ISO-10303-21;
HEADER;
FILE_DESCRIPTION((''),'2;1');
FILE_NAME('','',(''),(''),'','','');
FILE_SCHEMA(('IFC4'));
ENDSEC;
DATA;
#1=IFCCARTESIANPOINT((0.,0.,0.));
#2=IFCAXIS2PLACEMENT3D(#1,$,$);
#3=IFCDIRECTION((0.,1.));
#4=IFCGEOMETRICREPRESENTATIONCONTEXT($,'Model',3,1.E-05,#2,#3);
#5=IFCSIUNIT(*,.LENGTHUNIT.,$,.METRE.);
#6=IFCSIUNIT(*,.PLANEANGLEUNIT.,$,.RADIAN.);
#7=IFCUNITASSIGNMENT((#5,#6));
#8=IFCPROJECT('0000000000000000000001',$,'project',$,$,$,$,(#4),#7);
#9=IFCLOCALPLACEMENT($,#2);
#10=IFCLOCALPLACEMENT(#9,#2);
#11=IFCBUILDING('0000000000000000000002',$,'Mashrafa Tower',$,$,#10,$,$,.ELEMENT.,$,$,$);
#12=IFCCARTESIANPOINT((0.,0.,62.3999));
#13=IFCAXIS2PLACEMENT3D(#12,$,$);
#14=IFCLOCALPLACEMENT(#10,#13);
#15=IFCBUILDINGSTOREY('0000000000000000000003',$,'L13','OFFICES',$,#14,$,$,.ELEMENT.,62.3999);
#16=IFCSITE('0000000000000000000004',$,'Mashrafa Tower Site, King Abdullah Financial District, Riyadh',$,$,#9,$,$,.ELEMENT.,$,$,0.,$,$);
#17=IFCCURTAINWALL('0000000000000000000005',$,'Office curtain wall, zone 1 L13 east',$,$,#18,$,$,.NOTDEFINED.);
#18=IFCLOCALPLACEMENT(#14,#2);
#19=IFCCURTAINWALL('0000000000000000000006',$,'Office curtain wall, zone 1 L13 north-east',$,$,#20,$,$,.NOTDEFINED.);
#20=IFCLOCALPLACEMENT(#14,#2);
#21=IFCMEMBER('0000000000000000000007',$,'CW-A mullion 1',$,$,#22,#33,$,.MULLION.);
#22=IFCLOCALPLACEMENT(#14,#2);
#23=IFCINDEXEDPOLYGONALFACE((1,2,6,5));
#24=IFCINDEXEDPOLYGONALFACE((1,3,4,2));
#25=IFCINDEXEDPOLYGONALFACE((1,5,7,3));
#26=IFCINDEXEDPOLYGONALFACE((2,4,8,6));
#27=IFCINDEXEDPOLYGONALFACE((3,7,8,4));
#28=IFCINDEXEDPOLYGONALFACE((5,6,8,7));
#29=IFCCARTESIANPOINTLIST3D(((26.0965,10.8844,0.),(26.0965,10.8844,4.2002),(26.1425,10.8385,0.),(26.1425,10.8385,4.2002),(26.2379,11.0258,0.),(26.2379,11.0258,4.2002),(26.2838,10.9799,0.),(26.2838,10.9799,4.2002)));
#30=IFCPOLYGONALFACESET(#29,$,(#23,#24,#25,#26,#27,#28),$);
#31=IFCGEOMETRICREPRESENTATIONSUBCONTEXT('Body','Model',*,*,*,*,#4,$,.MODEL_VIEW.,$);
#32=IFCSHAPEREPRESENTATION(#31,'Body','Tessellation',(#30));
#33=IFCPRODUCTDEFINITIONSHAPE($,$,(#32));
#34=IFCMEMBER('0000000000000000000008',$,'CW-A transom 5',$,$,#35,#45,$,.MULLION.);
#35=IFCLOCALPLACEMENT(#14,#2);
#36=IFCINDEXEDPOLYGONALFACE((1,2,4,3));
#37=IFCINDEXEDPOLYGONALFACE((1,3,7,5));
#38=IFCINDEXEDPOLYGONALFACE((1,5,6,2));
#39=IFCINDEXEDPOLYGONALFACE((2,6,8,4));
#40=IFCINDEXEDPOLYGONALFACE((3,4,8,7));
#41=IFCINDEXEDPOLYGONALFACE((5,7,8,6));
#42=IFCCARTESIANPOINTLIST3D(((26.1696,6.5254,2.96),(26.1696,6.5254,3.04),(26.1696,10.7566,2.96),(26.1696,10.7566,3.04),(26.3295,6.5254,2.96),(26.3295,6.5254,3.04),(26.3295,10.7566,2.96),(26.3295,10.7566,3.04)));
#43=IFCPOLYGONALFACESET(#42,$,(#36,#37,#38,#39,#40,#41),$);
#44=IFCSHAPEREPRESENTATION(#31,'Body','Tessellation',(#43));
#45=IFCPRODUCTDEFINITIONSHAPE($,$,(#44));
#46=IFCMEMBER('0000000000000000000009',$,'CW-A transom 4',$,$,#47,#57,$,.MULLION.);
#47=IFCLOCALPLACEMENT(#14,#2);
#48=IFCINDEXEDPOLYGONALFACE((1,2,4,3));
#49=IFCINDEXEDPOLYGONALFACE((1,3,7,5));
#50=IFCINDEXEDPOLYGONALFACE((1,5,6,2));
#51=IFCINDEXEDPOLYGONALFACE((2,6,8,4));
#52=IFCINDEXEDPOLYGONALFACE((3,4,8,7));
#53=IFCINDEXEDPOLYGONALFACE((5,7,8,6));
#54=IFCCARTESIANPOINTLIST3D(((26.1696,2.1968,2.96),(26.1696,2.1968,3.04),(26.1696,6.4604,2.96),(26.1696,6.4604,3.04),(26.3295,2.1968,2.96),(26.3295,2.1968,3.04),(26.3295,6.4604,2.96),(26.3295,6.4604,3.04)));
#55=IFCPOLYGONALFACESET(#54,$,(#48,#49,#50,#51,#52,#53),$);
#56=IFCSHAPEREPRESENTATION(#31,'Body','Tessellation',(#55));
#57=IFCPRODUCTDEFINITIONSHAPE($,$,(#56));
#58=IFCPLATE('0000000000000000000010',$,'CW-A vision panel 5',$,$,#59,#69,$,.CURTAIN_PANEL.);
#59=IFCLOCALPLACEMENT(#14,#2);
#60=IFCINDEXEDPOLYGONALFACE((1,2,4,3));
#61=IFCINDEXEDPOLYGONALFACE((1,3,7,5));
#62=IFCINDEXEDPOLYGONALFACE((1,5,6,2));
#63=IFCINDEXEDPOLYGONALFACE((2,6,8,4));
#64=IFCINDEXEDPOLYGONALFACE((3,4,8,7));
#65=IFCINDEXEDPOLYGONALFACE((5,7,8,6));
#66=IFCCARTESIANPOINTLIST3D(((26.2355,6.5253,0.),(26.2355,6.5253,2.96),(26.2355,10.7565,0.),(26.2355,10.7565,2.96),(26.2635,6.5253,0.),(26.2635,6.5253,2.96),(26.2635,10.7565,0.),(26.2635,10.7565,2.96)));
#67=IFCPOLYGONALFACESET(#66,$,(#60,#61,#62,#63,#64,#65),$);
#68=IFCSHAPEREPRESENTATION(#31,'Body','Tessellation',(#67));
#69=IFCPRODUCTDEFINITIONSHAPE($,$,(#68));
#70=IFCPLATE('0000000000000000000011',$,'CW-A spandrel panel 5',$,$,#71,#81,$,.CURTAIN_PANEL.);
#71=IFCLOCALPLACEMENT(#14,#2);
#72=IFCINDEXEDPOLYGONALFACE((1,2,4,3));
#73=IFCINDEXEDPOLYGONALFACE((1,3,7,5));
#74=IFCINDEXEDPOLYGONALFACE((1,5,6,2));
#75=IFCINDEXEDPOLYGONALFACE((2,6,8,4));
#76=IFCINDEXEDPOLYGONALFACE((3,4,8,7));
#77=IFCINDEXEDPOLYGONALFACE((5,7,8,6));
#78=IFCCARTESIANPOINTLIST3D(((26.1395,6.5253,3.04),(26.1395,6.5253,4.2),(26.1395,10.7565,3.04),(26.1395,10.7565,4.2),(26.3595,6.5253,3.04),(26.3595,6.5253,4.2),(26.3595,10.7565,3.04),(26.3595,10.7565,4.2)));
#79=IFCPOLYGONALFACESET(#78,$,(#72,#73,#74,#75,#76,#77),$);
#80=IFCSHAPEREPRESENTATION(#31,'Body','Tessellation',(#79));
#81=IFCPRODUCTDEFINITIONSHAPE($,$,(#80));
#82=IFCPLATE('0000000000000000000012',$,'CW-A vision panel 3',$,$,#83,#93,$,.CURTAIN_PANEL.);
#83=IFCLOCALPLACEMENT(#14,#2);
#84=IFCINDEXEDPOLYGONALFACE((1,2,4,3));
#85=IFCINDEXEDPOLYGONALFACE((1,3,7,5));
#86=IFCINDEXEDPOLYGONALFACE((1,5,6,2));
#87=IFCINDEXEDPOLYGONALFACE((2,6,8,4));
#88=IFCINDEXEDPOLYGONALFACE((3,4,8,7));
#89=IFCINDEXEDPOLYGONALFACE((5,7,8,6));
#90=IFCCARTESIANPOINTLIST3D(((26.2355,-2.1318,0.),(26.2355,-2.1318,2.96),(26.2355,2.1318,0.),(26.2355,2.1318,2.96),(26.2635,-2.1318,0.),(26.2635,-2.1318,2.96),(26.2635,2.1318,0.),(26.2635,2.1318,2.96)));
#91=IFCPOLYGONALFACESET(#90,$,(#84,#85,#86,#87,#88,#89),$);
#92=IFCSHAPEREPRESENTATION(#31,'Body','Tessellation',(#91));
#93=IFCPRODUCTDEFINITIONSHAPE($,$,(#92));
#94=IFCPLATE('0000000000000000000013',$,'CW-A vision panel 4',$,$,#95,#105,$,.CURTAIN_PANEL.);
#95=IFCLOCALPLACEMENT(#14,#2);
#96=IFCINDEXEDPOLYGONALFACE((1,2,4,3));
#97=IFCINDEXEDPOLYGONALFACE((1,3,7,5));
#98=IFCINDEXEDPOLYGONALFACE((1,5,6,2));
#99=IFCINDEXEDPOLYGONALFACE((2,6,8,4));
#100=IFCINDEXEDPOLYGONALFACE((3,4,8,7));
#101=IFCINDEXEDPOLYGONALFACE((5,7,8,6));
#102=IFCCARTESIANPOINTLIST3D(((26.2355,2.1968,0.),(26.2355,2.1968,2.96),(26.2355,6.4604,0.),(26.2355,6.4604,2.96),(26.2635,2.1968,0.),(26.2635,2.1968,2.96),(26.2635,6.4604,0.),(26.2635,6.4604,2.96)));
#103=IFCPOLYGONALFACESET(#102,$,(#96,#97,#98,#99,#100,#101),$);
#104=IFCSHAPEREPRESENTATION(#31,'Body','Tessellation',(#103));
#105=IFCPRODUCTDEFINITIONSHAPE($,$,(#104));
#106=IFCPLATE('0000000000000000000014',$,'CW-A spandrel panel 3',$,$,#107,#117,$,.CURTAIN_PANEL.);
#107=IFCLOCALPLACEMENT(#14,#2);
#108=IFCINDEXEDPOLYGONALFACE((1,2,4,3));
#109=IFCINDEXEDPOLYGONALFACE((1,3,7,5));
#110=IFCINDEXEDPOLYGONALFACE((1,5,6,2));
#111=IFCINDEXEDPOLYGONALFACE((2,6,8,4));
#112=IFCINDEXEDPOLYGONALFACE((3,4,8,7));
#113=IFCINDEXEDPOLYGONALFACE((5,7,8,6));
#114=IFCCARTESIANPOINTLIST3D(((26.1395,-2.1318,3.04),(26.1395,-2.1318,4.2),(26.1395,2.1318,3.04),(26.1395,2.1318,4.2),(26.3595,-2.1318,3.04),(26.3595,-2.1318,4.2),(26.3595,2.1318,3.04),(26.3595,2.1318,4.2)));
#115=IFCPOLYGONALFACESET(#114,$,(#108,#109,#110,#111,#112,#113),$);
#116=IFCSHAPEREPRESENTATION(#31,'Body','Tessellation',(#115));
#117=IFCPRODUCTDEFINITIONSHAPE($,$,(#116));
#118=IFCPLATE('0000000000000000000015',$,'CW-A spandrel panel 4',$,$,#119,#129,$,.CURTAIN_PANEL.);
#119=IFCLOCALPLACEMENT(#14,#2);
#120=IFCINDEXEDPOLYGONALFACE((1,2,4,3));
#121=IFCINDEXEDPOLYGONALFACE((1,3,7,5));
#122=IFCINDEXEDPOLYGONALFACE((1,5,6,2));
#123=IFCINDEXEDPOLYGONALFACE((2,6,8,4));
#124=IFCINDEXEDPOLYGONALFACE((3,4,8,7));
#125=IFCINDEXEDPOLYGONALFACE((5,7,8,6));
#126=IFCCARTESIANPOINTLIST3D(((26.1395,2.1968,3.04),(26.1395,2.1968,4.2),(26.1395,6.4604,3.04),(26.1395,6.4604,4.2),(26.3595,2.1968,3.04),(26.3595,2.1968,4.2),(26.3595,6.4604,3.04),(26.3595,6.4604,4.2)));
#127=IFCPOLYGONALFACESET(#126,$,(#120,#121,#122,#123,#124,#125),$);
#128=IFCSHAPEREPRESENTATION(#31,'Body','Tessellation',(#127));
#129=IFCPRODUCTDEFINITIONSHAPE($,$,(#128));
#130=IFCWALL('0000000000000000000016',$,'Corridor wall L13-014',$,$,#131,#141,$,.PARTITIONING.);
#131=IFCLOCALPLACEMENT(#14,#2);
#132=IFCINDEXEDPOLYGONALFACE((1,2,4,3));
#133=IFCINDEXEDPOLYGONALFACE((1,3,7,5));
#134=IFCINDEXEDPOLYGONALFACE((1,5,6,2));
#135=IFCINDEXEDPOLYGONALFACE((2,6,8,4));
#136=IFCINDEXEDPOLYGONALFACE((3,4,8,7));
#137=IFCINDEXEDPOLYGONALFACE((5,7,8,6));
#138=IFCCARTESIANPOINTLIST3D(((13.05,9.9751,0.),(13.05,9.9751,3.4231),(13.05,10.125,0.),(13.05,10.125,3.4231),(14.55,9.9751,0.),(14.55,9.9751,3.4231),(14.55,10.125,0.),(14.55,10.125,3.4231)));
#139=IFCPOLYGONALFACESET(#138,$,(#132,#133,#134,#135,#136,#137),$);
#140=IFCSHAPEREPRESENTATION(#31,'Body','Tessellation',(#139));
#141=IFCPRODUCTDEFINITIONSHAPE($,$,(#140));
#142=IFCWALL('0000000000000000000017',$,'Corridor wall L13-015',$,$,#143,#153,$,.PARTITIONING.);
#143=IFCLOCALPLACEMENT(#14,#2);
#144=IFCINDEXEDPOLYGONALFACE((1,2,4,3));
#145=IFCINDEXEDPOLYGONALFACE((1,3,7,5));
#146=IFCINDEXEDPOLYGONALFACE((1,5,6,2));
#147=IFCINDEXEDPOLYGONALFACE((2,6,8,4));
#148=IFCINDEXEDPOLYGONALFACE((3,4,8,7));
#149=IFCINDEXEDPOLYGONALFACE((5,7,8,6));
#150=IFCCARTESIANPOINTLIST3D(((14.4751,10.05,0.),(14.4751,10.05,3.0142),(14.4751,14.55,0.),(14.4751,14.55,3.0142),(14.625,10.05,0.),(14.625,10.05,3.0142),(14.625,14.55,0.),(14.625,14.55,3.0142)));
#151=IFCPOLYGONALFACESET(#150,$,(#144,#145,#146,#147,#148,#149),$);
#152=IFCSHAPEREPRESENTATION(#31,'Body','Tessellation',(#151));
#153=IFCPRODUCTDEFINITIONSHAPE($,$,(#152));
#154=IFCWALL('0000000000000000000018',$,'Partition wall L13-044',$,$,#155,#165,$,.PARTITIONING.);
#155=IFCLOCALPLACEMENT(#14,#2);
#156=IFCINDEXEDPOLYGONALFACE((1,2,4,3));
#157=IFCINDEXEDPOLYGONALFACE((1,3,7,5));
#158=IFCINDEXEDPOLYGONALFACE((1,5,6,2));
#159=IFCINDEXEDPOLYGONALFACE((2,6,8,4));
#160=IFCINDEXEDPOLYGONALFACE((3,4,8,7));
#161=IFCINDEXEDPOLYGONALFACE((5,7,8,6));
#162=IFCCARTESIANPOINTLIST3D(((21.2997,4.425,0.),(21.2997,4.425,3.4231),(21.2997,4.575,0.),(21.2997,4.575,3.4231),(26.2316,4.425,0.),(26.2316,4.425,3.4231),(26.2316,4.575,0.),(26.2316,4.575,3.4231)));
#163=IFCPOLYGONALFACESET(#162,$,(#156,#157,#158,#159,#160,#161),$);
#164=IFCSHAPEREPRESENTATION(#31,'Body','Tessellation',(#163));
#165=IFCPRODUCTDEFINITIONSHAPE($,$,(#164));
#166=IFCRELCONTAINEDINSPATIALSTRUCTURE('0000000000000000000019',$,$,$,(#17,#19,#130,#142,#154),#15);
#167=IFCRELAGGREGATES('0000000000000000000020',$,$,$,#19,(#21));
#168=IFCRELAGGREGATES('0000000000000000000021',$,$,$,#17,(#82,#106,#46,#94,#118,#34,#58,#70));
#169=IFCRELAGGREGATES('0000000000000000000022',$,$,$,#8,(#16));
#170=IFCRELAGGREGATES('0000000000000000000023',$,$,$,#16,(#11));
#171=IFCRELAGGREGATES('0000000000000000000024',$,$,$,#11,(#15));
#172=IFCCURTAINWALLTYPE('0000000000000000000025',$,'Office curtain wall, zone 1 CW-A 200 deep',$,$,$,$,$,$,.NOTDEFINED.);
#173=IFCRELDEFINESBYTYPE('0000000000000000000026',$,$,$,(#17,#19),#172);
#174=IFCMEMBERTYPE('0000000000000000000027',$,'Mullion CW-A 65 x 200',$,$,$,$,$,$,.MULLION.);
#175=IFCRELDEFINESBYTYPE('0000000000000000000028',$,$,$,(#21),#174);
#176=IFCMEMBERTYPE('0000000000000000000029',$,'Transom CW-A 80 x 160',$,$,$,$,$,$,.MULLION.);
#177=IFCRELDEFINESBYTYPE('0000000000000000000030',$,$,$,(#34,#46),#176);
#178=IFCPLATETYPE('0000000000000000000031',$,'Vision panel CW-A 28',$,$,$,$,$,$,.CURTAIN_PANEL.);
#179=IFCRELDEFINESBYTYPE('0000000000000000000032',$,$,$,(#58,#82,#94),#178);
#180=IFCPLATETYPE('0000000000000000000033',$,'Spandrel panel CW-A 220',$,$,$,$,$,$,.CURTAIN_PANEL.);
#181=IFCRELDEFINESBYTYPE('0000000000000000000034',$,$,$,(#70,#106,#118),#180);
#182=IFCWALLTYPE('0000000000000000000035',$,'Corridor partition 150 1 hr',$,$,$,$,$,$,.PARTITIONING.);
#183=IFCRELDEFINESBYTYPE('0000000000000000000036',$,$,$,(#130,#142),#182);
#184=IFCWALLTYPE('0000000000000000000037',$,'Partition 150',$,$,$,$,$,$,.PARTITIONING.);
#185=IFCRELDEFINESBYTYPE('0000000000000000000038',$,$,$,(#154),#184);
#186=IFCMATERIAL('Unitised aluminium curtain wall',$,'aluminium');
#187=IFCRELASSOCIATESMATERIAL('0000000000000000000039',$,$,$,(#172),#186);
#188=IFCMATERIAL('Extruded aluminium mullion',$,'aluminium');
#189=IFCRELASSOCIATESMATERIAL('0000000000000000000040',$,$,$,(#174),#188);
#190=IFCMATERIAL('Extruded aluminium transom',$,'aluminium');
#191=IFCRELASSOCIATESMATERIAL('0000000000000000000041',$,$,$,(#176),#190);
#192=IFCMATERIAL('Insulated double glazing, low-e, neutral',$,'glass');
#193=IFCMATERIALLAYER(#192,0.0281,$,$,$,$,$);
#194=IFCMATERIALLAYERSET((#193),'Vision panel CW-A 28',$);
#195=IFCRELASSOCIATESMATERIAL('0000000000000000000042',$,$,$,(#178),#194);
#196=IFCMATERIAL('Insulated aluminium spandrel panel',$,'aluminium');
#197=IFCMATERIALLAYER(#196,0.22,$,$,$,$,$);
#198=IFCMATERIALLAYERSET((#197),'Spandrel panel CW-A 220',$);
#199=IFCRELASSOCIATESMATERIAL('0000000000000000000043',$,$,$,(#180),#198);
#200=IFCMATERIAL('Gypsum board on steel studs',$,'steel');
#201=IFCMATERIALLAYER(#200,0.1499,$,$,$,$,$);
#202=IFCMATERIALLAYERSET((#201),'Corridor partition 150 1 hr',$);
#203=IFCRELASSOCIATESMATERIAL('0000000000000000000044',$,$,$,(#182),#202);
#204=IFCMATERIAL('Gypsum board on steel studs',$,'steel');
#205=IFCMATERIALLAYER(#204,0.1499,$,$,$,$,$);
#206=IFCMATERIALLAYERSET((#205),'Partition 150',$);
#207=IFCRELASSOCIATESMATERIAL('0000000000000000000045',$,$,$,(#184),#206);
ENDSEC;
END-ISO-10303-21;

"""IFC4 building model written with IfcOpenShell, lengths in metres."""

from ifc_helpers import new_model, si_unit, direction, frame, frame_2d, origin, origin_2d, place, context, subcontext, project, spatial, rectangle, extrude, source, transform, mapped, material, layer, layer_set, material_profile, profile_set, type_object, type_shapes, element, aggregate, save


model = new_model("IFC4")

# Units and contexts
model_context = context("Model", 3, precision=1e-05, world=origin(), true_north=direction((0.0, 1.0)))
body_context = subcontext(model_context, "Body", "Model", "MODEL_VIEW")
ifc_project = project(units=[si_unit("LENGTHUNIT", "METRE"), si_unit("PLANEANGLEUNIT", "RADIAN")], contexts=[model_context])

# Site, building, storey
site_placement = place(None, origin())
site = spatial("IfcSite", under=ifc_project, at=site_placement, Name="Mashrafa Tower Site, King Abdullah Financial District, Riyadh", CompositionType="ELEMENT", RefElevation=0.0)
building_placement = place(site_placement, origin())
building = spatial("IfcBuilding", under=site, at=building_placement, Name="Mashrafa Tower", CompositionType="ELEMENT")
storey_placement = place(building_placement, frame((0.0, 0.0, 62.3999)))
storey = spatial("IfcBuildingStorey", under=building, at=storey_placement, Name="L13", Description="OFFICES", CompositionType="ELEMENT", Elevation=62.3999)

# Curtain wall
ifc_material_1 = material(Name="Unitised aluminium curtain wall", Category="aluminium")
curtain_wall_type = type_object("IfcCurtainWallType", Name="Office curtain wall, zone 1 CW-A 200 deep", PredefinedType="NOTDEFINED", material=ifc_material_1)
curtain_wall_1_placement = place(storey_placement, origin())
curtain_wall_1 = element("IfcCurtainWall", 1, at=curtain_wall_1_placement, inside=storey, type_object=curtain_wall_type, Name="Office curtain wall, zone 1 L13 east", PredefinedType="NOTDEFINED")
ifc_material_2 = material(Name="Extruded aluminium mullion", Category="aluminium")
ifc_material_profile_1 = material_profile(ifc_material_2, rectangle(XDim=0.2, YDim=0.0649, at=origin_2d()), Name="Mullion 65x200")
ifc_profile_set_1 = profile_set([ifc_material_profile_1], Name="Extruded aluminium mullion")
member_type_1 = type_object("IfcMemberType", Name="Mullion CW-A 65 x 200", PredefinedType="MULLION", material=ifc_profile_set_1)
shared_shape_1 = source(origin(), body_context, "Body", "SweptSolid", [
    extrude(rectangle(XDim=0.2, YDim=0.0649, at=origin_2d()), origin(), (0.0, 0.0, 1.0), 4.2002),
])
type_shapes(member_type_1, [shared_shape_1])

# Curtain wall, member
curtain_wall_2_placement = place(storey_placement, origin())
curtain_wall_2 = element("IfcCurtainWall", 2, at=curtain_wall_2_placement, inside=storey, type_object=curtain_wall_type, Name="Office curtain wall, zone 1 L13 north-east", PredefinedType="NOTDEFINED")
member_1_placement = place(storey_placement, frame((26.1902, 10.9321, 0.0), z_axis=(0.0, 0.0, 1.0), x_axis=(-0.707107, -0.707107, 0.0)))
member_1 = element("IfcMember", 3, at=member_1_placement, type_object=member_type_1, Name="CW-A mullion 1", PredefinedType="MULLION", context=body_context, shape_type="MappedRepresentation", body=[
    mapped(shared_shape_1, transform((0.0, 0.0, 0.0))),
])
aggregate(curtain_wall_2, [member_1])

# Members
ifc_material_3 = material(Name="Extruded aluminium transom", Category="aluminium")
ifc_material_profile_2 = material_profile(ifc_material_3, rectangle(XDim=0.1599, YDim=0.0801, at=origin_2d()), Name="Transom 80x160")
ifc_profile_set_2 = profile_set([ifc_material_profile_2], Name="Extruded aluminium transom")
member_type_2 = type_object("IfcMemberType", Name="Transom CW-A 80 x 160", PredefinedType="MULLION", material=ifc_profile_set_2)
shared_shape_2 = source(origin(), body_context, "Body", "SweptSolid", [
    extrude(rectangle(XDim=0.1599, YDim=0.0801, at=origin_2d()), origin(), (0.0, 0.0, 1.0), 4.2312),
])
member_2_placement = place(storey_placement, frame((26.2495, 6.5254, 3.0), z_axis=(0.0, 1.0, 0.0), x_axis=(-1.0, 0.0, 0.0)))
member_2 = element("IfcMember", 4, at=member_2_placement, type_object=member_type_2, Name="CW-A transom 5", PredefinedType="MULLION", context=body_context, shape_type="MappedRepresentation", body=[
    mapped(shared_shape_2, transform((0.0, 0.0, 0.0))),
])
shared_shape_3 = source(origin(), body_context, "Body", "SweptSolid", [
    extrude(rectangle(XDim=0.1599, YDim=0.0801, at=origin_2d()), origin(), (0.0, 0.0, 1.0), 4.2637),
])
type_shapes(member_type_2, [shared_shape_2, shared_shape_3])
member_3_placement = place(storey_placement, frame((26.2495, 2.1968, 3.0), z_axis=(0.0, 1.0, 0.0), x_axis=(-1.0, 0.0, 0.0)))
member_3 = element("IfcMember", 5, at=member_3_placement, type_object=member_type_2, Name="CW-A transom 4", PredefinedType="MULLION", context=body_context, shape_type="MappedRepresentation", body=[
    mapped(shared_shape_3, transform((0.0, 0.0, 0.0))),
])

# Plates
ifc_material_4 = material(Name="Insulated double glazing, low-e, neutral", Category="glass")
ifc_layer_1 = layer(ifc_material_4, 0.0281)
ifc_layer_set_1 = layer_set([ifc_layer_1], Name="Vision panel CW-A 28")
plate_type_1 = type_object("IfcPlateType", Name="Vision panel CW-A 28", PredefinedType="CURTAIN_PANEL", material=ifc_layer_set_1)
shared_shape_4 = source(origin(), body_context, "Body", "SweptSolid", [
    extrude(rectangle(XDim=4.2312, YDim=0.0281, at=origin_2d()), origin(), (0.0, 0.0, 1.0), 2.96),
])
plate_1_placement = place(storey_placement, frame((26.2495, 8.6409, 0.0), z_axis=(0.0, 0.0, 1.0), x_axis=(0.0, 1.0, 0.0)))
plate_1 = element("IfcPlate", 6, at=plate_1_placement, type_object=plate_type_1, Name="CW-A vision panel 5", PredefinedType="CURTAIN_PANEL", context=body_context, shape_type="MappedRepresentation", body=[
    mapped(shared_shape_4, transform((0.0, 0.0, 0.0))),
])
ifc_material_5 = material(Name="Insulated aluminium spandrel panel", Category="aluminium")
ifc_layer_2 = layer(ifc_material_5, 0.22)
ifc_layer_set_2 = layer_set([ifc_layer_2], Name="Spandrel panel CW-A 220")
plate_type_2 = type_object("IfcPlateType", Name="Spandrel panel CW-A 220", PredefinedType="CURTAIN_PANEL", material=ifc_layer_set_2)
shared_shape_5 = source(origin(), body_context, "Body", "SweptSolid", [
    extrude(rectangle(XDim=4.2312, YDim=0.22, at=origin_2d()), origin(), (0.0, 0.0, 1.0), 1.1599),
])
plate_2_placement = place(storey_placement, frame((26.2495, 8.6409, 3.04), z_axis=(0.0, 0.0, 1.0), x_axis=(0.0, 1.0, 0.0)))
plate_2 = element("IfcPlate", 7, at=plate_2_placement, type_object=plate_type_2, Name="CW-A spandrel panel 5", PredefinedType="CURTAIN_PANEL", context=body_context, shape_type="MappedRepresentation", body=[
    mapped(shared_shape_5, transform((0.0, 0.0, 0.0))),
])
shared_shape_6 = source(origin(), body_context, "Body", "SweptSolid", [
    extrude(rectangle(XDim=4.2637, YDim=0.0281, at=origin_2d()), origin(), (0.0, 0.0, 1.0), 2.96),
])
type_shapes(plate_type_1, [shared_shape_4, shared_shape_6])
plate_3_placement = place(storey_placement, frame((26.2495, 0.0, 0.0), z_axis=(0.0, 0.0, 1.0), x_axis=(0.0, 1.0, 0.0)))
plate_3 = element("IfcPlate", 8, at=plate_3_placement, type_object=plate_type_1, Name="CW-A vision panel 3", PredefinedType="CURTAIN_PANEL", context=body_context, shape_type="MappedRepresentation", body=[
    mapped(shared_shape_6, transform((0.0, 0.0, 0.0))),
])
plate_4_placement = place(storey_placement, frame((26.2495, 4.3286, 0.0), z_axis=(0.0, 0.0, 1.0), x_axis=(0.0, 1.0, 0.0)))
plate_4 = element("IfcPlate", 9, at=plate_4_placement, type_object=plate_type_1, Name="CW-A vision panel 4", PredefinedType="CURTAIN_PANEL", context=body_context, shape_type="MappedRepresentation", body=[
    mapped(shared_shape_6, transform((0.0, 0.0, 0.0))),
])
shared_shape_7 = source(origin(), body_context, "Body", "SweptSolid", [
    extrude(rectangle(XDim=4.2637, YDim=0.22, at=origin_2d()), origin(), (0.0, 0.0, 1.0), 1.1599),
])
type_shapes(plate_type_2, [shared_shape_5, shared_shape_7])
plate_5_placement = place(storey_placement, frame((26.2495, 0.0, 3.04), z_axis=(0.0, 0.0, 1.0), x_axis=(0.0, 1.0, 0.0)))
plate_5 = element("IfcPlate", 10, at=plate_5_placement, type_object=plate_type_2, Name="CW-A spandrel panel 3", PredefinedType="CURTAIN_PANEL", context=body_context, shape_type="MappedRepresentation", body=[
    mapped(shared_shape_7, transform((0.0, 0.0, 0.0))),
])
plate_6_placement = place(storey_placement, frame((26.2495, 4.3286, 3.04), z_axis=(0.0, 0.0, 1.0), x_axis=(0.0, 1.0, 0.0)))
plate_6 = element("IfcPlate", 11, at=plate_6_placement, type_object=plate_type_2, Name="CW-A spandrel panel 4", PredefinedType="CURTAIN_PANEL", context=body_context, shape_type="MappedRepresentation", body=[
    mapped(shared_shape_7, transform((0.0, 0.0, 0.0))),
])
aggregate(curtain_wall_1, [plate_3, plate_5, member_3, plate_4, plate_6, member_2, plate_1, plate_2])

# Walls
ifc_material_6 = material(Name="Gypsum board on steel studs", Category="steel")
ifc_layer_3 = layer(ifc_material_6, 0.1499)
ifc_layer_set_3 = layer_set([ifc_layer_3], Name="Corridor partition 150 1 hr")
wall_type_1 = type_object("IfcWallType", Name="Corridor partition 150 1 hr", PredefinedType="PARTITIONING", material=ifc_layer_set_3)
wall_1_placement = place(storey_placement, frame((13.05, 10.05, 0.0), z_axis=(0.0, 0.0, 1.0), x_axis=(1.0, 0.0, 0.0)))
element("IfcWall", 12, at=wall_1_placement, inside=storey, type_object=wall_type_1, Name="Corridor wall L13-014", PredefinedType="PARTITIONING", context=body_context, shape_type="SweptSolid", body=[
    extrude(rectangle(XDim=1.5, YDim=0.1499, at=frame_2d((0.75, 0.0))), origin(), (0.0, 0.0, 1.0), 3.4231),
])
wall_2_placement = place(storey_placement, frame((14.55, 10.05, 0.0), z_axis=(0.0, 0.0, 1.0), x_axis=(0.0, 1.0, 0.0)))
element("IfcWall", 13, at=wall_2_placement, inside=storey, type_object=wall_type_1, Name="Corridor wall L13-015", PredefinedType="PARTITIONING", context=body_context, shape_type="SweptSolid", body=[
    extrude(rectangle(XDim=4.5, YDim=0.1499, at=frame_2d((2.25, 0.0))), origin(), (0.0, 0.0, 1.0), 3.0142),
])
ifc_material_7 = material(Name="Gypsum board on steel studs", Category="steel")
ifc_layer_4 = layer(ifc_material_7, 0.1499)
ifc_layer_set_4 = layer_set([ifc_layer_4], Name="Partition 150")
wall_type_2 = type_object("IfcWallType", Name="Partition 150", PredefinedType="PARTITIONING", material=ifc_layer_set_4)
wall_3_placement = place(storey_placement, frame((26.2314, 4.5, 0.0), z_axis=(0.0, 0.0, 1.0), x_axis=(-1.0, 0.0, 0.0)))
element("IfcWall", 14, at=wall_3_placement, inside=storey, type_object=wall_type_2, Name="Partition wall L13-044", PredefinedType="PARTITIONING", context=body_context, shape_type="SweptSolid", body=[
    extrude(rectangle(XDim=4.9319, YDim=0.1499, at=frame_2d((2.4658, 0.0))), origin(), (0.0, 0.0, 1.0), 3.4231),
])

save(model, "model.ifc")
